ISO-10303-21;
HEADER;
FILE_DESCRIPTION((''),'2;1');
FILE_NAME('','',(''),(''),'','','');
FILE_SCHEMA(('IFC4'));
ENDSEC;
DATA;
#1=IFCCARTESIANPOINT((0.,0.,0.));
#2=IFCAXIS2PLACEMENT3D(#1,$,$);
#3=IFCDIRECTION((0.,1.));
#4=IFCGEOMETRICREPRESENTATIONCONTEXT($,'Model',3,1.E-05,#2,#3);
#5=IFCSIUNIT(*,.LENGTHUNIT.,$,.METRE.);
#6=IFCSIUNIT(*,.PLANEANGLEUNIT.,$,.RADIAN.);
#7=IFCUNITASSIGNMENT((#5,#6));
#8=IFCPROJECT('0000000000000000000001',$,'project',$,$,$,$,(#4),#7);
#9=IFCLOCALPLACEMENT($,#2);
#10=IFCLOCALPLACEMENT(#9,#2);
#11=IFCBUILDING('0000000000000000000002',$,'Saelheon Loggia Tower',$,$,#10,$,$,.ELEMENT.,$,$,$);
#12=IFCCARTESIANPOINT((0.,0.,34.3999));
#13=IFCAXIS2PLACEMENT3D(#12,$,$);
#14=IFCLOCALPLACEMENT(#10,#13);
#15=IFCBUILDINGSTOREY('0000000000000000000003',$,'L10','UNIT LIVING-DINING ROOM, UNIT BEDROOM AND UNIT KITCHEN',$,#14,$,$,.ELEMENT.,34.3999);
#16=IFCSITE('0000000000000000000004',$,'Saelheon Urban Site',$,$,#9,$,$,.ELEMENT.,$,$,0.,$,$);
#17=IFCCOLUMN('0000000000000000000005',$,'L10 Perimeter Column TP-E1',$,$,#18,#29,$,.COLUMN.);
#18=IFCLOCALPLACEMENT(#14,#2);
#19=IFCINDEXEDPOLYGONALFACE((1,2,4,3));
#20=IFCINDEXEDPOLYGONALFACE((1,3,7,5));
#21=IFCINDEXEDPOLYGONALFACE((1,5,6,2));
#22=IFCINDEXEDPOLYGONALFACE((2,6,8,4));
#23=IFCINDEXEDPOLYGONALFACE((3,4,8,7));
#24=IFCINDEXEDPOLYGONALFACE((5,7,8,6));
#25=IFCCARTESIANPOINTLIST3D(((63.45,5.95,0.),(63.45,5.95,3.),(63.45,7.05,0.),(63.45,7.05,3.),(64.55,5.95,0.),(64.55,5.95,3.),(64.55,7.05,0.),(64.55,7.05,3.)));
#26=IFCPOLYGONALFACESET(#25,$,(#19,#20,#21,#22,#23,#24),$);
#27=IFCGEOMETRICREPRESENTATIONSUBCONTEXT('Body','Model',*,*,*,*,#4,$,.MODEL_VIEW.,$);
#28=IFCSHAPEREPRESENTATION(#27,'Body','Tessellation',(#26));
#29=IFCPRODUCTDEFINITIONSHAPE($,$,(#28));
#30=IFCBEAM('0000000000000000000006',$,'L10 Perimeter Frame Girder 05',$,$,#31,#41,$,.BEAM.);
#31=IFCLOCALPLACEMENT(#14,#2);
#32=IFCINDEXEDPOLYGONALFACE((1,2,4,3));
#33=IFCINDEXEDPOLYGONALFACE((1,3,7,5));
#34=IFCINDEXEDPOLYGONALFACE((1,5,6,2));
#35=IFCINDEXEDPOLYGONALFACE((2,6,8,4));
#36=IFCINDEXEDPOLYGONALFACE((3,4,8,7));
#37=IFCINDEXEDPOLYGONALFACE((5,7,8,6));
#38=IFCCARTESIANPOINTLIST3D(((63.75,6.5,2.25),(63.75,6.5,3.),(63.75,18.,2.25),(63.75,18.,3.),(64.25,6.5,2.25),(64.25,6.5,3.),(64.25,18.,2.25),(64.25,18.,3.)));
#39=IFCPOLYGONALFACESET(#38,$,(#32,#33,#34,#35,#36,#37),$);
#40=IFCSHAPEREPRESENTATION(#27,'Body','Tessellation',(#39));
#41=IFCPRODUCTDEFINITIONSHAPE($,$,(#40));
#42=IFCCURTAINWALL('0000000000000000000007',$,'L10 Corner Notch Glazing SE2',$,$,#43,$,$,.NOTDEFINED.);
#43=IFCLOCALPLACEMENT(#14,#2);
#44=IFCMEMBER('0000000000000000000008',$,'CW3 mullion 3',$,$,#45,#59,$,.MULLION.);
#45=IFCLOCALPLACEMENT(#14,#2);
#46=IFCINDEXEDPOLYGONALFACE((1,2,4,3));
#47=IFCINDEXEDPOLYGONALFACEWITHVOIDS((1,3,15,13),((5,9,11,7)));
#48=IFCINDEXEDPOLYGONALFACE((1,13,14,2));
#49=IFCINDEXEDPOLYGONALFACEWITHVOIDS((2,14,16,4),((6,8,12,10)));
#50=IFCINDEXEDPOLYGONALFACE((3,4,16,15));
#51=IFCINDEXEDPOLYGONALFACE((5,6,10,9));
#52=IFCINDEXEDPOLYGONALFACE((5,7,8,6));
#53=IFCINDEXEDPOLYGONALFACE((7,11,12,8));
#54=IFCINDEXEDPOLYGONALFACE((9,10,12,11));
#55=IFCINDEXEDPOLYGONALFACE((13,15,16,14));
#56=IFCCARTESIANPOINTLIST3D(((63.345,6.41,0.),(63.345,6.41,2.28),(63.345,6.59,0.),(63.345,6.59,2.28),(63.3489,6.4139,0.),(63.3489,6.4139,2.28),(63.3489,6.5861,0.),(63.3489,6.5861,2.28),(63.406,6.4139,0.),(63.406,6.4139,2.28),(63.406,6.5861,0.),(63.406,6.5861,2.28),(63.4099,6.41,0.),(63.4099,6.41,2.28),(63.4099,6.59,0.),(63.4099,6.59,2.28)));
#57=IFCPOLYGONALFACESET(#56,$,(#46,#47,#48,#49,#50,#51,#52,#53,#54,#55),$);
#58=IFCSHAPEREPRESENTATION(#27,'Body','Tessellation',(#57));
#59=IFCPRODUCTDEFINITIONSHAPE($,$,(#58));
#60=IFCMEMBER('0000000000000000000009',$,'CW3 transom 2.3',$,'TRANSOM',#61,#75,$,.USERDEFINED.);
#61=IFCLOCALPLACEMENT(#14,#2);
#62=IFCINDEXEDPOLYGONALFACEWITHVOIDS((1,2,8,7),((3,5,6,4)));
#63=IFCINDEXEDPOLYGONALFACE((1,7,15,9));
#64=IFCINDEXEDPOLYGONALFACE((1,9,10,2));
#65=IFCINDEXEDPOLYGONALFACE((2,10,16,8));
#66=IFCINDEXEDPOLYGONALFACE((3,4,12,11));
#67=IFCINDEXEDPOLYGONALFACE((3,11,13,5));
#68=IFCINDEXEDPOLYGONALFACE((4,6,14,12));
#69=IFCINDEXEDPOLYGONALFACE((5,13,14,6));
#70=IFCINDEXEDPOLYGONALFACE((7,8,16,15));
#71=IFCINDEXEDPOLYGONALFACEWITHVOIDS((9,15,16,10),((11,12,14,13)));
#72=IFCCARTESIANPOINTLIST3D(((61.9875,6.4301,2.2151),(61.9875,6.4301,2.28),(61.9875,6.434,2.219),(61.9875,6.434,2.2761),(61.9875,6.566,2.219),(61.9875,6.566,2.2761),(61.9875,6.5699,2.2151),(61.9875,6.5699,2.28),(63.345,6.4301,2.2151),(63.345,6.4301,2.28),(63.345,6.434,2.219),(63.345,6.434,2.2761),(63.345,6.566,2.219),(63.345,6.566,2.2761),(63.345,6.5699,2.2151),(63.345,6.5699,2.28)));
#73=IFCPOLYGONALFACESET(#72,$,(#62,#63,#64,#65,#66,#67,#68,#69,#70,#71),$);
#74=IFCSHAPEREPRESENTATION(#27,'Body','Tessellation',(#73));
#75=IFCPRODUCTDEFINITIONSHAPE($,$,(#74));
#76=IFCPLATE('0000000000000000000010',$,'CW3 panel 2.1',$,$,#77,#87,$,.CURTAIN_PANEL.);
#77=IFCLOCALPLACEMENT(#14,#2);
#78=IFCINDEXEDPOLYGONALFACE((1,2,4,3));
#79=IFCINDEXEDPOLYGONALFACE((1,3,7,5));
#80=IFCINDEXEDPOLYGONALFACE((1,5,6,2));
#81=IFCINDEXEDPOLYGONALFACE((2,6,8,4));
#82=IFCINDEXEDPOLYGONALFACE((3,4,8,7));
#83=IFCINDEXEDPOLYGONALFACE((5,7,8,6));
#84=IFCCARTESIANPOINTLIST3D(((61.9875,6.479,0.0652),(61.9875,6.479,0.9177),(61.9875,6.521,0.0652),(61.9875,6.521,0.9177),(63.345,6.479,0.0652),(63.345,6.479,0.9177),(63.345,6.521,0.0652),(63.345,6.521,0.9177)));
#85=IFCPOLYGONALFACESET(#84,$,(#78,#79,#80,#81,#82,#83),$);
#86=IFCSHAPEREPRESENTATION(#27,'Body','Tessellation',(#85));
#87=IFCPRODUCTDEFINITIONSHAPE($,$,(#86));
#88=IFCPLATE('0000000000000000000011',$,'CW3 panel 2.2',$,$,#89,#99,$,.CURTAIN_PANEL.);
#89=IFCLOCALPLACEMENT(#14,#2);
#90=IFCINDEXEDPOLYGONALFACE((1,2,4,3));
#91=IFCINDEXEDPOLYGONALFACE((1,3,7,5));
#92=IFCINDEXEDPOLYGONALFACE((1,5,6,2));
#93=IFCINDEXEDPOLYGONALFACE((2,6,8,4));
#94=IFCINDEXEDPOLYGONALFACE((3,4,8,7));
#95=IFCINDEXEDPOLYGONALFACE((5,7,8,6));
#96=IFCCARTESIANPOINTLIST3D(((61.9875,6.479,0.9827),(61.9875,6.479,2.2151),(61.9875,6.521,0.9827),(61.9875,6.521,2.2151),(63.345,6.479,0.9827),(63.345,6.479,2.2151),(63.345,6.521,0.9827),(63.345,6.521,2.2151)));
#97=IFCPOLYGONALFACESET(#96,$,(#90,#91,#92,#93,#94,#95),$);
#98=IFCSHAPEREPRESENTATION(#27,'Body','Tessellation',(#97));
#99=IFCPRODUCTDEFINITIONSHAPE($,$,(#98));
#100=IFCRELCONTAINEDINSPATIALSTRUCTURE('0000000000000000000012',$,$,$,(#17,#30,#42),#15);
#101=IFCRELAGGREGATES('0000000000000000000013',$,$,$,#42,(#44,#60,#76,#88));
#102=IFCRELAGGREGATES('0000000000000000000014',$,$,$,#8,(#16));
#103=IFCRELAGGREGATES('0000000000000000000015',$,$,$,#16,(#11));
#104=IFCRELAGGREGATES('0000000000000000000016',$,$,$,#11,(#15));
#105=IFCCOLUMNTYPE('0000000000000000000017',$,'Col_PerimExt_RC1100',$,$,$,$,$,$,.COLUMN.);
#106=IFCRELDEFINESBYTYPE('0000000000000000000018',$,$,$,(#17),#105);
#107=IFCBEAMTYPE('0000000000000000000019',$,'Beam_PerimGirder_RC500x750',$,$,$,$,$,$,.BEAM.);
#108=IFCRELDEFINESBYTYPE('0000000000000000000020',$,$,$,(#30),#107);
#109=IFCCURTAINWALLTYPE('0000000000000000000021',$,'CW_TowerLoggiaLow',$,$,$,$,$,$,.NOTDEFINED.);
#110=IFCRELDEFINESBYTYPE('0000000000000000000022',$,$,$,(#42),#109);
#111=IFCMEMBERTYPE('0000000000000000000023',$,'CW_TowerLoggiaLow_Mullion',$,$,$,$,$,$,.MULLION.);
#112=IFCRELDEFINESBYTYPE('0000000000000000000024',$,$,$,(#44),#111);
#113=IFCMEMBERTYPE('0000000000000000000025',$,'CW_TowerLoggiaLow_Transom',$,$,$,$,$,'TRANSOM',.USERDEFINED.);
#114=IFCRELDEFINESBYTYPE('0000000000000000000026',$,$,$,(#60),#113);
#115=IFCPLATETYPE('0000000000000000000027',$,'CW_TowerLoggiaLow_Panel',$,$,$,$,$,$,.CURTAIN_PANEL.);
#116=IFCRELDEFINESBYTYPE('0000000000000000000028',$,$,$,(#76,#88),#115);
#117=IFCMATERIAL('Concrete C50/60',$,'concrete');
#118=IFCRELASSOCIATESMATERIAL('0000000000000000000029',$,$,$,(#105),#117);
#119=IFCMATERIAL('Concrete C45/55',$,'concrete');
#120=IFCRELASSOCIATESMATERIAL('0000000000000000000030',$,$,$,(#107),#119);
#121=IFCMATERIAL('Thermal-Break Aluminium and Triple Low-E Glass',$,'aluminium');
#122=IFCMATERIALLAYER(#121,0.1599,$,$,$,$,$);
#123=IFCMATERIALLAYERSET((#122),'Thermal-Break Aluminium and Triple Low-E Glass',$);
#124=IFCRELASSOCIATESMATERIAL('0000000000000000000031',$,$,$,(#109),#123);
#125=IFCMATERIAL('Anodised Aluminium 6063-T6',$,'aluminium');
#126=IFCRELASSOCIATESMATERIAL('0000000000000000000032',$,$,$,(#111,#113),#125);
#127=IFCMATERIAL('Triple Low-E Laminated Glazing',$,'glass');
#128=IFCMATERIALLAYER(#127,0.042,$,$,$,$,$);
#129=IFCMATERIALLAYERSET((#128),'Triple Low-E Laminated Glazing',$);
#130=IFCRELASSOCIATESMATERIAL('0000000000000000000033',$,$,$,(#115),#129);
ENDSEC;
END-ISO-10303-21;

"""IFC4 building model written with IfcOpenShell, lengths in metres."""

from ifc_helpers import new_model, si_unit, direction, frame, origin, origin_2d, place, context, subcontext, project, spatial, rectangle, hollow_rectangle, extrude, source, transform, mapped, material, layer, layer_set, material_profile, profile_set, type_object, element, aggregate, save


model = new_model("IFC4")

# Units and contexts
model_context = context("Model", 3, precision=1e-05, world=origin(), true_north=direction((0.0, 1.0)))
body_context = subcontext(model_context, "Body", "Model", "MODEL_VIEW")
ifc_project = project(units=[si_unit("LENGTHUNIT", "METRE"), si_unit("PLANEANGLEUNIT", "RADIAN")], contexts=[model_context])

# Site, building, storey
site_placement = place(None, origin())
site = spatial("IfcSite", under=ifc_project, at=site_placement, Name="Saelheon Urban Site", CompositionType="ELEMENT", RefElevation=0.0)
building_placement = place(site_placement, origin())
building = spatial("IfcBuilding", under=site, at=building_placement, Name="Saelheon Loggia Tower", CompositionType="ELEMENT")
storey_placement = place(building_placement, frame((0.0, 0.0, 34.3999)))
storey = spatial("IfcBuildingStorey", under=building, at=storey_placement, Name="L10", Description="UNIT LIVING-DINING ROOM, UNIT BEDROOM AND UNIT KITCHEN", CompositionType="ELEMENT", Elevation=34.3999)

# Column
ifc_material_1 = material(Name="Concrete C50/60", Category="concrete")
ifc_material_profile_1 = material_profile(ifc_material_1, rectangle(XDim=1.1001, YDim=1.1001, at=origin_2d()), Name="RC-1100x1100")
ifc_profile_set_1 = profile_set([ifc_material_profile_1], Name="Concrete C50/60")
column_type = type_object("IfcColumnType", Name="Col_PerimExt_RC1100", PredefinedType="COLUMN", material=ifc_profile_set_1)
shared_shape_1 = source(origin(), body_context, "Body", "SweptSolid", [
    extrude(rectangle(XDim=1.1001, YDim=1.1001, at=origin_2d()), origin(), (0.0, 0.0, 1.0), 3.0),
])
column_placement = place(storey_placement, frame((64.0, 6.5, 0.0), z_axis=(0.0, 0.0, 1.0), x_axis=(1.0, 0.0, 0.0)))
element("IfcColumn", 1, at=column_placement, inside=storey, type_object=column_type, Name="L10 Perimeter Column TP-E1", PredefinedType="COLUMN", context=body_context, shape_type="MappedRepresentation", body=[
    mapped(shared_shape_1, transform((0.0, 0.0, 0.0), scale=1.0)),
])

# Beam
ifc_material_2 = material(Name="Concrete C45/55", Category="concrete")
ifc_material_profile_2 = material_profile(ifc_material_2, rectangle(XDim=0.5, YDim=0.75, at=origin_2d()), Name="RC-500x750")
ifc_profile_set_2 = profile_set([ifc_material_profile_2], Name="Concrete C45/55")
beam_type = type_object("IfcBeamType", Name="Beam_PerimGirder_RC500x750", PredefinedType="BEAM", material=ifc_profile_set_2)
shared_shape_2 = source(origin(), body_context, "Body", "SweptSolid", [
    extrude(rectangle(XDim=0.5, YDim=0.75, at=origin_2d()), origin(), (0.0, 0.0, 1.0), 11.5),
])
beam_placement = place(storey_placement, frame((64.0, 6.5, 2.625), z_axis=(0.0, 1.0, 0.0), x_axis=(-1.0, 0.0, 0.0)))
element("IfcBeam", 2, at=beam_placement, inside=storey, type_object=beam_type, Name="L10 Perimeter Frame Girder 05", PredefinedType="BEAM", context=body_context, shape_type="MappedRepresentation", body=[
    mapped(shared_shape_2, transform((0.0, 0.0, 0.0), scale=1.0)),
])

# Curtain wall, members, plates
ifc_material_3 = material(Name="Thermal-Break Aluminium and Triple Low-E Glass", Category="aluminium")
ifc_layer_1 = layer(ifc_material_3, 0.1599)
ifc_layer_set_1 = layer_set([ifc_layer_1], Name="Thermal-Break Aluminium and Triple Low-E Glass")
curtain_wall_type = type_object("IfcCurtainWallType", Name="CW_TowerLoggiaLow", PredefinedType="NOTDEFINED", material=ifc_layer_set_1)
curtain_wall_placement = place(storey_placement, origin())
curtain_wall = element("IfcCurtainWall", 3, at=curtain_wall_placement, inside=storey, type_object=curtain_wall_type, Name="L10 Corner Notch Glazing SE2", PredefinedType="NOTDEFINED")
ifc_material_4 = material(Name="Anodised Aluminium 6063-T6", Category="aluminium")
ifc_material_profile_3 = material_profile(ifc_material_4, hollow_rectangle(XDim=0.0649, YDim=0.1799, WallThickness=0.0039, at=origin_2d()), Name="RHS-180x65x4")
ifc_profile_set_3 = profile_set([ifc_material_profile_3], Name="Anodised Aluminium 6063-T6")
member_type_1 = type_object("IfcMemberType", Name="CW_TowerLoggiaLow_Mullion", PredefinedType="MULLION", material=ifc_profile_set_3)
shared_shape_3 = source(origin(), body_context, "Body", "SweptSolid", [
    extrude(hollow_rectangle(XDim=0.0649, YDim=0.1799, WallThickness=0.0039, at=origin_2d()), origin(), (0.0, 0.0, 1.0), 2.28),
])
member_1_placement = place(storey_placement, frame((63.3774, 6.5, 0.0), z_axis=(0.0, 0.0, 1.0), x_axis=(1.0, 0.0, 0.0)))
member_1 = element("IfcMember", 4, at=member_1_placement, type_object=member_type_1, Name="CW3 mullion 3", PredefinedType="MULLION", context=body_context, shape_type="MappedRepresentation", body=[
    mapped(shared_shape_3, transform((0.0, 0.0, 0.0), scale=1.0)),
])
ifc_material_profile_4 = material_profile(ifc_material_4, hollow_rectangle(XDim=0.0649, YDim=0.1399, WallThickness=0.0039, at=origin_2d()), Name="RHS-140x65x4")
ifc_profile_set_4 = profile_set([ifc_material_profile_4], Name="Anodised Aluminium 6063-T6")
member_type_2 = type_object("IfcMemberType", Name="CW_TowerLoggiaLow_Transom", ElementType="TRANSOM", PredefinedType="USERDEFINED", material=ifc_profile_set_4)
shared_shape_4 = source(origin(), body_context, "Body", "SweptSolid", [
    extrude(hollow_rectangle(XDim=0.0649, YDim=0.1399, WallThickness=0.0039, at=origin_2d()), origin(), (0.0, 0.0, 1.0), 1.3574),
])
member_2_placement = place(storey_placement, frame((61.9875, 6.5, 2.2476), z_axis=(1.0, 0.0, 0.0), x_axis=(0.0, 0.0, 1.0)))
member_2 = element("IfcMember", 5, at=member_2_placement, type_object=member_type_2, Name="CW3 transom 2.3", ObjectType="TRANSOM", PredefinedType="USERDEFINED", context=body_context, shape_type="MappedRepresentation", body=[
    mapped(shared_shape_4, transform((0.0, 0.0, 0.0), scale=1.0)),
])
ifc_material_5 = material(Name="Triple Low-E Laminated Glazing", Category="glass")
ifc_layer_2 = layer(ifc_material_5, 0.042)
ifc_layer_set_2 = layer_set([ifc_layer_2], Name="Triple Low-E Laminated Glazing")
plate_type = type_object("IfcPlateType", Name="CW_TowerLoggiaLow_Panel", PredefinedType="CURTAIN_PANEL", material=ifc_layer_set_2)
shared_shape_5 = source(origin(), body_context, "Body", "SweptSolid", [
    extrude(rectangle(XDim=1.3574, YDim=0.042, at=origin_2d()), origin(), (0.0, 0.0, 1.0), 0.8525),
])
plate_1_placement = place(storey_placement, frame((62.6663, 6.5, 0.0652), z_axis=(0.0, 0.0, 1.0), x_axis=(1.0, 0.0, 0.0)))
plate_1 = element("IfcPlate", 6, at=plate_1_placement, type_object=plate_type, Name="CW3 panel 2.1", PredefinedType="CURTAIN_PANEL", context=body_context, shape_type="MappedRepresentation", body=[
    mapped(shared_shape_5, transform((0.0, 0.0, 0.0), scale=1.0)),
])
shared_shape_6 = source(origin(), body_context, "Body", "SweptSolid", [
    extrude(rectangle(XDim=1.3574, YDim=0.042, at=origin_2d()), origin(), (0.0, 0.0, 1.0), 1.2324),
])
plate_2_placement = place(storey_placement, frame((62.6663, 6.5, 0.9827), z_axis=(0.0, 0.0, 1.0), x_axis=(1.0, 0.0, 0.0)))
plate_2 = element("IfcPlate", 7, at=plate_2_placement, type_object=plate_type, Name="CW3 panel 2.2", PredefinedType="CURTAIN_PANEL", context=body_context, shape_type="MappedRepresentation", body=[
    mapped(shared_shape_6, transform((0.0, 0.0, 0.0), scale=1.0)),
])
aggregate(curtain_wall, [member_1, member_2, plate_1, plate_2])

save(model, "model.ifc")
